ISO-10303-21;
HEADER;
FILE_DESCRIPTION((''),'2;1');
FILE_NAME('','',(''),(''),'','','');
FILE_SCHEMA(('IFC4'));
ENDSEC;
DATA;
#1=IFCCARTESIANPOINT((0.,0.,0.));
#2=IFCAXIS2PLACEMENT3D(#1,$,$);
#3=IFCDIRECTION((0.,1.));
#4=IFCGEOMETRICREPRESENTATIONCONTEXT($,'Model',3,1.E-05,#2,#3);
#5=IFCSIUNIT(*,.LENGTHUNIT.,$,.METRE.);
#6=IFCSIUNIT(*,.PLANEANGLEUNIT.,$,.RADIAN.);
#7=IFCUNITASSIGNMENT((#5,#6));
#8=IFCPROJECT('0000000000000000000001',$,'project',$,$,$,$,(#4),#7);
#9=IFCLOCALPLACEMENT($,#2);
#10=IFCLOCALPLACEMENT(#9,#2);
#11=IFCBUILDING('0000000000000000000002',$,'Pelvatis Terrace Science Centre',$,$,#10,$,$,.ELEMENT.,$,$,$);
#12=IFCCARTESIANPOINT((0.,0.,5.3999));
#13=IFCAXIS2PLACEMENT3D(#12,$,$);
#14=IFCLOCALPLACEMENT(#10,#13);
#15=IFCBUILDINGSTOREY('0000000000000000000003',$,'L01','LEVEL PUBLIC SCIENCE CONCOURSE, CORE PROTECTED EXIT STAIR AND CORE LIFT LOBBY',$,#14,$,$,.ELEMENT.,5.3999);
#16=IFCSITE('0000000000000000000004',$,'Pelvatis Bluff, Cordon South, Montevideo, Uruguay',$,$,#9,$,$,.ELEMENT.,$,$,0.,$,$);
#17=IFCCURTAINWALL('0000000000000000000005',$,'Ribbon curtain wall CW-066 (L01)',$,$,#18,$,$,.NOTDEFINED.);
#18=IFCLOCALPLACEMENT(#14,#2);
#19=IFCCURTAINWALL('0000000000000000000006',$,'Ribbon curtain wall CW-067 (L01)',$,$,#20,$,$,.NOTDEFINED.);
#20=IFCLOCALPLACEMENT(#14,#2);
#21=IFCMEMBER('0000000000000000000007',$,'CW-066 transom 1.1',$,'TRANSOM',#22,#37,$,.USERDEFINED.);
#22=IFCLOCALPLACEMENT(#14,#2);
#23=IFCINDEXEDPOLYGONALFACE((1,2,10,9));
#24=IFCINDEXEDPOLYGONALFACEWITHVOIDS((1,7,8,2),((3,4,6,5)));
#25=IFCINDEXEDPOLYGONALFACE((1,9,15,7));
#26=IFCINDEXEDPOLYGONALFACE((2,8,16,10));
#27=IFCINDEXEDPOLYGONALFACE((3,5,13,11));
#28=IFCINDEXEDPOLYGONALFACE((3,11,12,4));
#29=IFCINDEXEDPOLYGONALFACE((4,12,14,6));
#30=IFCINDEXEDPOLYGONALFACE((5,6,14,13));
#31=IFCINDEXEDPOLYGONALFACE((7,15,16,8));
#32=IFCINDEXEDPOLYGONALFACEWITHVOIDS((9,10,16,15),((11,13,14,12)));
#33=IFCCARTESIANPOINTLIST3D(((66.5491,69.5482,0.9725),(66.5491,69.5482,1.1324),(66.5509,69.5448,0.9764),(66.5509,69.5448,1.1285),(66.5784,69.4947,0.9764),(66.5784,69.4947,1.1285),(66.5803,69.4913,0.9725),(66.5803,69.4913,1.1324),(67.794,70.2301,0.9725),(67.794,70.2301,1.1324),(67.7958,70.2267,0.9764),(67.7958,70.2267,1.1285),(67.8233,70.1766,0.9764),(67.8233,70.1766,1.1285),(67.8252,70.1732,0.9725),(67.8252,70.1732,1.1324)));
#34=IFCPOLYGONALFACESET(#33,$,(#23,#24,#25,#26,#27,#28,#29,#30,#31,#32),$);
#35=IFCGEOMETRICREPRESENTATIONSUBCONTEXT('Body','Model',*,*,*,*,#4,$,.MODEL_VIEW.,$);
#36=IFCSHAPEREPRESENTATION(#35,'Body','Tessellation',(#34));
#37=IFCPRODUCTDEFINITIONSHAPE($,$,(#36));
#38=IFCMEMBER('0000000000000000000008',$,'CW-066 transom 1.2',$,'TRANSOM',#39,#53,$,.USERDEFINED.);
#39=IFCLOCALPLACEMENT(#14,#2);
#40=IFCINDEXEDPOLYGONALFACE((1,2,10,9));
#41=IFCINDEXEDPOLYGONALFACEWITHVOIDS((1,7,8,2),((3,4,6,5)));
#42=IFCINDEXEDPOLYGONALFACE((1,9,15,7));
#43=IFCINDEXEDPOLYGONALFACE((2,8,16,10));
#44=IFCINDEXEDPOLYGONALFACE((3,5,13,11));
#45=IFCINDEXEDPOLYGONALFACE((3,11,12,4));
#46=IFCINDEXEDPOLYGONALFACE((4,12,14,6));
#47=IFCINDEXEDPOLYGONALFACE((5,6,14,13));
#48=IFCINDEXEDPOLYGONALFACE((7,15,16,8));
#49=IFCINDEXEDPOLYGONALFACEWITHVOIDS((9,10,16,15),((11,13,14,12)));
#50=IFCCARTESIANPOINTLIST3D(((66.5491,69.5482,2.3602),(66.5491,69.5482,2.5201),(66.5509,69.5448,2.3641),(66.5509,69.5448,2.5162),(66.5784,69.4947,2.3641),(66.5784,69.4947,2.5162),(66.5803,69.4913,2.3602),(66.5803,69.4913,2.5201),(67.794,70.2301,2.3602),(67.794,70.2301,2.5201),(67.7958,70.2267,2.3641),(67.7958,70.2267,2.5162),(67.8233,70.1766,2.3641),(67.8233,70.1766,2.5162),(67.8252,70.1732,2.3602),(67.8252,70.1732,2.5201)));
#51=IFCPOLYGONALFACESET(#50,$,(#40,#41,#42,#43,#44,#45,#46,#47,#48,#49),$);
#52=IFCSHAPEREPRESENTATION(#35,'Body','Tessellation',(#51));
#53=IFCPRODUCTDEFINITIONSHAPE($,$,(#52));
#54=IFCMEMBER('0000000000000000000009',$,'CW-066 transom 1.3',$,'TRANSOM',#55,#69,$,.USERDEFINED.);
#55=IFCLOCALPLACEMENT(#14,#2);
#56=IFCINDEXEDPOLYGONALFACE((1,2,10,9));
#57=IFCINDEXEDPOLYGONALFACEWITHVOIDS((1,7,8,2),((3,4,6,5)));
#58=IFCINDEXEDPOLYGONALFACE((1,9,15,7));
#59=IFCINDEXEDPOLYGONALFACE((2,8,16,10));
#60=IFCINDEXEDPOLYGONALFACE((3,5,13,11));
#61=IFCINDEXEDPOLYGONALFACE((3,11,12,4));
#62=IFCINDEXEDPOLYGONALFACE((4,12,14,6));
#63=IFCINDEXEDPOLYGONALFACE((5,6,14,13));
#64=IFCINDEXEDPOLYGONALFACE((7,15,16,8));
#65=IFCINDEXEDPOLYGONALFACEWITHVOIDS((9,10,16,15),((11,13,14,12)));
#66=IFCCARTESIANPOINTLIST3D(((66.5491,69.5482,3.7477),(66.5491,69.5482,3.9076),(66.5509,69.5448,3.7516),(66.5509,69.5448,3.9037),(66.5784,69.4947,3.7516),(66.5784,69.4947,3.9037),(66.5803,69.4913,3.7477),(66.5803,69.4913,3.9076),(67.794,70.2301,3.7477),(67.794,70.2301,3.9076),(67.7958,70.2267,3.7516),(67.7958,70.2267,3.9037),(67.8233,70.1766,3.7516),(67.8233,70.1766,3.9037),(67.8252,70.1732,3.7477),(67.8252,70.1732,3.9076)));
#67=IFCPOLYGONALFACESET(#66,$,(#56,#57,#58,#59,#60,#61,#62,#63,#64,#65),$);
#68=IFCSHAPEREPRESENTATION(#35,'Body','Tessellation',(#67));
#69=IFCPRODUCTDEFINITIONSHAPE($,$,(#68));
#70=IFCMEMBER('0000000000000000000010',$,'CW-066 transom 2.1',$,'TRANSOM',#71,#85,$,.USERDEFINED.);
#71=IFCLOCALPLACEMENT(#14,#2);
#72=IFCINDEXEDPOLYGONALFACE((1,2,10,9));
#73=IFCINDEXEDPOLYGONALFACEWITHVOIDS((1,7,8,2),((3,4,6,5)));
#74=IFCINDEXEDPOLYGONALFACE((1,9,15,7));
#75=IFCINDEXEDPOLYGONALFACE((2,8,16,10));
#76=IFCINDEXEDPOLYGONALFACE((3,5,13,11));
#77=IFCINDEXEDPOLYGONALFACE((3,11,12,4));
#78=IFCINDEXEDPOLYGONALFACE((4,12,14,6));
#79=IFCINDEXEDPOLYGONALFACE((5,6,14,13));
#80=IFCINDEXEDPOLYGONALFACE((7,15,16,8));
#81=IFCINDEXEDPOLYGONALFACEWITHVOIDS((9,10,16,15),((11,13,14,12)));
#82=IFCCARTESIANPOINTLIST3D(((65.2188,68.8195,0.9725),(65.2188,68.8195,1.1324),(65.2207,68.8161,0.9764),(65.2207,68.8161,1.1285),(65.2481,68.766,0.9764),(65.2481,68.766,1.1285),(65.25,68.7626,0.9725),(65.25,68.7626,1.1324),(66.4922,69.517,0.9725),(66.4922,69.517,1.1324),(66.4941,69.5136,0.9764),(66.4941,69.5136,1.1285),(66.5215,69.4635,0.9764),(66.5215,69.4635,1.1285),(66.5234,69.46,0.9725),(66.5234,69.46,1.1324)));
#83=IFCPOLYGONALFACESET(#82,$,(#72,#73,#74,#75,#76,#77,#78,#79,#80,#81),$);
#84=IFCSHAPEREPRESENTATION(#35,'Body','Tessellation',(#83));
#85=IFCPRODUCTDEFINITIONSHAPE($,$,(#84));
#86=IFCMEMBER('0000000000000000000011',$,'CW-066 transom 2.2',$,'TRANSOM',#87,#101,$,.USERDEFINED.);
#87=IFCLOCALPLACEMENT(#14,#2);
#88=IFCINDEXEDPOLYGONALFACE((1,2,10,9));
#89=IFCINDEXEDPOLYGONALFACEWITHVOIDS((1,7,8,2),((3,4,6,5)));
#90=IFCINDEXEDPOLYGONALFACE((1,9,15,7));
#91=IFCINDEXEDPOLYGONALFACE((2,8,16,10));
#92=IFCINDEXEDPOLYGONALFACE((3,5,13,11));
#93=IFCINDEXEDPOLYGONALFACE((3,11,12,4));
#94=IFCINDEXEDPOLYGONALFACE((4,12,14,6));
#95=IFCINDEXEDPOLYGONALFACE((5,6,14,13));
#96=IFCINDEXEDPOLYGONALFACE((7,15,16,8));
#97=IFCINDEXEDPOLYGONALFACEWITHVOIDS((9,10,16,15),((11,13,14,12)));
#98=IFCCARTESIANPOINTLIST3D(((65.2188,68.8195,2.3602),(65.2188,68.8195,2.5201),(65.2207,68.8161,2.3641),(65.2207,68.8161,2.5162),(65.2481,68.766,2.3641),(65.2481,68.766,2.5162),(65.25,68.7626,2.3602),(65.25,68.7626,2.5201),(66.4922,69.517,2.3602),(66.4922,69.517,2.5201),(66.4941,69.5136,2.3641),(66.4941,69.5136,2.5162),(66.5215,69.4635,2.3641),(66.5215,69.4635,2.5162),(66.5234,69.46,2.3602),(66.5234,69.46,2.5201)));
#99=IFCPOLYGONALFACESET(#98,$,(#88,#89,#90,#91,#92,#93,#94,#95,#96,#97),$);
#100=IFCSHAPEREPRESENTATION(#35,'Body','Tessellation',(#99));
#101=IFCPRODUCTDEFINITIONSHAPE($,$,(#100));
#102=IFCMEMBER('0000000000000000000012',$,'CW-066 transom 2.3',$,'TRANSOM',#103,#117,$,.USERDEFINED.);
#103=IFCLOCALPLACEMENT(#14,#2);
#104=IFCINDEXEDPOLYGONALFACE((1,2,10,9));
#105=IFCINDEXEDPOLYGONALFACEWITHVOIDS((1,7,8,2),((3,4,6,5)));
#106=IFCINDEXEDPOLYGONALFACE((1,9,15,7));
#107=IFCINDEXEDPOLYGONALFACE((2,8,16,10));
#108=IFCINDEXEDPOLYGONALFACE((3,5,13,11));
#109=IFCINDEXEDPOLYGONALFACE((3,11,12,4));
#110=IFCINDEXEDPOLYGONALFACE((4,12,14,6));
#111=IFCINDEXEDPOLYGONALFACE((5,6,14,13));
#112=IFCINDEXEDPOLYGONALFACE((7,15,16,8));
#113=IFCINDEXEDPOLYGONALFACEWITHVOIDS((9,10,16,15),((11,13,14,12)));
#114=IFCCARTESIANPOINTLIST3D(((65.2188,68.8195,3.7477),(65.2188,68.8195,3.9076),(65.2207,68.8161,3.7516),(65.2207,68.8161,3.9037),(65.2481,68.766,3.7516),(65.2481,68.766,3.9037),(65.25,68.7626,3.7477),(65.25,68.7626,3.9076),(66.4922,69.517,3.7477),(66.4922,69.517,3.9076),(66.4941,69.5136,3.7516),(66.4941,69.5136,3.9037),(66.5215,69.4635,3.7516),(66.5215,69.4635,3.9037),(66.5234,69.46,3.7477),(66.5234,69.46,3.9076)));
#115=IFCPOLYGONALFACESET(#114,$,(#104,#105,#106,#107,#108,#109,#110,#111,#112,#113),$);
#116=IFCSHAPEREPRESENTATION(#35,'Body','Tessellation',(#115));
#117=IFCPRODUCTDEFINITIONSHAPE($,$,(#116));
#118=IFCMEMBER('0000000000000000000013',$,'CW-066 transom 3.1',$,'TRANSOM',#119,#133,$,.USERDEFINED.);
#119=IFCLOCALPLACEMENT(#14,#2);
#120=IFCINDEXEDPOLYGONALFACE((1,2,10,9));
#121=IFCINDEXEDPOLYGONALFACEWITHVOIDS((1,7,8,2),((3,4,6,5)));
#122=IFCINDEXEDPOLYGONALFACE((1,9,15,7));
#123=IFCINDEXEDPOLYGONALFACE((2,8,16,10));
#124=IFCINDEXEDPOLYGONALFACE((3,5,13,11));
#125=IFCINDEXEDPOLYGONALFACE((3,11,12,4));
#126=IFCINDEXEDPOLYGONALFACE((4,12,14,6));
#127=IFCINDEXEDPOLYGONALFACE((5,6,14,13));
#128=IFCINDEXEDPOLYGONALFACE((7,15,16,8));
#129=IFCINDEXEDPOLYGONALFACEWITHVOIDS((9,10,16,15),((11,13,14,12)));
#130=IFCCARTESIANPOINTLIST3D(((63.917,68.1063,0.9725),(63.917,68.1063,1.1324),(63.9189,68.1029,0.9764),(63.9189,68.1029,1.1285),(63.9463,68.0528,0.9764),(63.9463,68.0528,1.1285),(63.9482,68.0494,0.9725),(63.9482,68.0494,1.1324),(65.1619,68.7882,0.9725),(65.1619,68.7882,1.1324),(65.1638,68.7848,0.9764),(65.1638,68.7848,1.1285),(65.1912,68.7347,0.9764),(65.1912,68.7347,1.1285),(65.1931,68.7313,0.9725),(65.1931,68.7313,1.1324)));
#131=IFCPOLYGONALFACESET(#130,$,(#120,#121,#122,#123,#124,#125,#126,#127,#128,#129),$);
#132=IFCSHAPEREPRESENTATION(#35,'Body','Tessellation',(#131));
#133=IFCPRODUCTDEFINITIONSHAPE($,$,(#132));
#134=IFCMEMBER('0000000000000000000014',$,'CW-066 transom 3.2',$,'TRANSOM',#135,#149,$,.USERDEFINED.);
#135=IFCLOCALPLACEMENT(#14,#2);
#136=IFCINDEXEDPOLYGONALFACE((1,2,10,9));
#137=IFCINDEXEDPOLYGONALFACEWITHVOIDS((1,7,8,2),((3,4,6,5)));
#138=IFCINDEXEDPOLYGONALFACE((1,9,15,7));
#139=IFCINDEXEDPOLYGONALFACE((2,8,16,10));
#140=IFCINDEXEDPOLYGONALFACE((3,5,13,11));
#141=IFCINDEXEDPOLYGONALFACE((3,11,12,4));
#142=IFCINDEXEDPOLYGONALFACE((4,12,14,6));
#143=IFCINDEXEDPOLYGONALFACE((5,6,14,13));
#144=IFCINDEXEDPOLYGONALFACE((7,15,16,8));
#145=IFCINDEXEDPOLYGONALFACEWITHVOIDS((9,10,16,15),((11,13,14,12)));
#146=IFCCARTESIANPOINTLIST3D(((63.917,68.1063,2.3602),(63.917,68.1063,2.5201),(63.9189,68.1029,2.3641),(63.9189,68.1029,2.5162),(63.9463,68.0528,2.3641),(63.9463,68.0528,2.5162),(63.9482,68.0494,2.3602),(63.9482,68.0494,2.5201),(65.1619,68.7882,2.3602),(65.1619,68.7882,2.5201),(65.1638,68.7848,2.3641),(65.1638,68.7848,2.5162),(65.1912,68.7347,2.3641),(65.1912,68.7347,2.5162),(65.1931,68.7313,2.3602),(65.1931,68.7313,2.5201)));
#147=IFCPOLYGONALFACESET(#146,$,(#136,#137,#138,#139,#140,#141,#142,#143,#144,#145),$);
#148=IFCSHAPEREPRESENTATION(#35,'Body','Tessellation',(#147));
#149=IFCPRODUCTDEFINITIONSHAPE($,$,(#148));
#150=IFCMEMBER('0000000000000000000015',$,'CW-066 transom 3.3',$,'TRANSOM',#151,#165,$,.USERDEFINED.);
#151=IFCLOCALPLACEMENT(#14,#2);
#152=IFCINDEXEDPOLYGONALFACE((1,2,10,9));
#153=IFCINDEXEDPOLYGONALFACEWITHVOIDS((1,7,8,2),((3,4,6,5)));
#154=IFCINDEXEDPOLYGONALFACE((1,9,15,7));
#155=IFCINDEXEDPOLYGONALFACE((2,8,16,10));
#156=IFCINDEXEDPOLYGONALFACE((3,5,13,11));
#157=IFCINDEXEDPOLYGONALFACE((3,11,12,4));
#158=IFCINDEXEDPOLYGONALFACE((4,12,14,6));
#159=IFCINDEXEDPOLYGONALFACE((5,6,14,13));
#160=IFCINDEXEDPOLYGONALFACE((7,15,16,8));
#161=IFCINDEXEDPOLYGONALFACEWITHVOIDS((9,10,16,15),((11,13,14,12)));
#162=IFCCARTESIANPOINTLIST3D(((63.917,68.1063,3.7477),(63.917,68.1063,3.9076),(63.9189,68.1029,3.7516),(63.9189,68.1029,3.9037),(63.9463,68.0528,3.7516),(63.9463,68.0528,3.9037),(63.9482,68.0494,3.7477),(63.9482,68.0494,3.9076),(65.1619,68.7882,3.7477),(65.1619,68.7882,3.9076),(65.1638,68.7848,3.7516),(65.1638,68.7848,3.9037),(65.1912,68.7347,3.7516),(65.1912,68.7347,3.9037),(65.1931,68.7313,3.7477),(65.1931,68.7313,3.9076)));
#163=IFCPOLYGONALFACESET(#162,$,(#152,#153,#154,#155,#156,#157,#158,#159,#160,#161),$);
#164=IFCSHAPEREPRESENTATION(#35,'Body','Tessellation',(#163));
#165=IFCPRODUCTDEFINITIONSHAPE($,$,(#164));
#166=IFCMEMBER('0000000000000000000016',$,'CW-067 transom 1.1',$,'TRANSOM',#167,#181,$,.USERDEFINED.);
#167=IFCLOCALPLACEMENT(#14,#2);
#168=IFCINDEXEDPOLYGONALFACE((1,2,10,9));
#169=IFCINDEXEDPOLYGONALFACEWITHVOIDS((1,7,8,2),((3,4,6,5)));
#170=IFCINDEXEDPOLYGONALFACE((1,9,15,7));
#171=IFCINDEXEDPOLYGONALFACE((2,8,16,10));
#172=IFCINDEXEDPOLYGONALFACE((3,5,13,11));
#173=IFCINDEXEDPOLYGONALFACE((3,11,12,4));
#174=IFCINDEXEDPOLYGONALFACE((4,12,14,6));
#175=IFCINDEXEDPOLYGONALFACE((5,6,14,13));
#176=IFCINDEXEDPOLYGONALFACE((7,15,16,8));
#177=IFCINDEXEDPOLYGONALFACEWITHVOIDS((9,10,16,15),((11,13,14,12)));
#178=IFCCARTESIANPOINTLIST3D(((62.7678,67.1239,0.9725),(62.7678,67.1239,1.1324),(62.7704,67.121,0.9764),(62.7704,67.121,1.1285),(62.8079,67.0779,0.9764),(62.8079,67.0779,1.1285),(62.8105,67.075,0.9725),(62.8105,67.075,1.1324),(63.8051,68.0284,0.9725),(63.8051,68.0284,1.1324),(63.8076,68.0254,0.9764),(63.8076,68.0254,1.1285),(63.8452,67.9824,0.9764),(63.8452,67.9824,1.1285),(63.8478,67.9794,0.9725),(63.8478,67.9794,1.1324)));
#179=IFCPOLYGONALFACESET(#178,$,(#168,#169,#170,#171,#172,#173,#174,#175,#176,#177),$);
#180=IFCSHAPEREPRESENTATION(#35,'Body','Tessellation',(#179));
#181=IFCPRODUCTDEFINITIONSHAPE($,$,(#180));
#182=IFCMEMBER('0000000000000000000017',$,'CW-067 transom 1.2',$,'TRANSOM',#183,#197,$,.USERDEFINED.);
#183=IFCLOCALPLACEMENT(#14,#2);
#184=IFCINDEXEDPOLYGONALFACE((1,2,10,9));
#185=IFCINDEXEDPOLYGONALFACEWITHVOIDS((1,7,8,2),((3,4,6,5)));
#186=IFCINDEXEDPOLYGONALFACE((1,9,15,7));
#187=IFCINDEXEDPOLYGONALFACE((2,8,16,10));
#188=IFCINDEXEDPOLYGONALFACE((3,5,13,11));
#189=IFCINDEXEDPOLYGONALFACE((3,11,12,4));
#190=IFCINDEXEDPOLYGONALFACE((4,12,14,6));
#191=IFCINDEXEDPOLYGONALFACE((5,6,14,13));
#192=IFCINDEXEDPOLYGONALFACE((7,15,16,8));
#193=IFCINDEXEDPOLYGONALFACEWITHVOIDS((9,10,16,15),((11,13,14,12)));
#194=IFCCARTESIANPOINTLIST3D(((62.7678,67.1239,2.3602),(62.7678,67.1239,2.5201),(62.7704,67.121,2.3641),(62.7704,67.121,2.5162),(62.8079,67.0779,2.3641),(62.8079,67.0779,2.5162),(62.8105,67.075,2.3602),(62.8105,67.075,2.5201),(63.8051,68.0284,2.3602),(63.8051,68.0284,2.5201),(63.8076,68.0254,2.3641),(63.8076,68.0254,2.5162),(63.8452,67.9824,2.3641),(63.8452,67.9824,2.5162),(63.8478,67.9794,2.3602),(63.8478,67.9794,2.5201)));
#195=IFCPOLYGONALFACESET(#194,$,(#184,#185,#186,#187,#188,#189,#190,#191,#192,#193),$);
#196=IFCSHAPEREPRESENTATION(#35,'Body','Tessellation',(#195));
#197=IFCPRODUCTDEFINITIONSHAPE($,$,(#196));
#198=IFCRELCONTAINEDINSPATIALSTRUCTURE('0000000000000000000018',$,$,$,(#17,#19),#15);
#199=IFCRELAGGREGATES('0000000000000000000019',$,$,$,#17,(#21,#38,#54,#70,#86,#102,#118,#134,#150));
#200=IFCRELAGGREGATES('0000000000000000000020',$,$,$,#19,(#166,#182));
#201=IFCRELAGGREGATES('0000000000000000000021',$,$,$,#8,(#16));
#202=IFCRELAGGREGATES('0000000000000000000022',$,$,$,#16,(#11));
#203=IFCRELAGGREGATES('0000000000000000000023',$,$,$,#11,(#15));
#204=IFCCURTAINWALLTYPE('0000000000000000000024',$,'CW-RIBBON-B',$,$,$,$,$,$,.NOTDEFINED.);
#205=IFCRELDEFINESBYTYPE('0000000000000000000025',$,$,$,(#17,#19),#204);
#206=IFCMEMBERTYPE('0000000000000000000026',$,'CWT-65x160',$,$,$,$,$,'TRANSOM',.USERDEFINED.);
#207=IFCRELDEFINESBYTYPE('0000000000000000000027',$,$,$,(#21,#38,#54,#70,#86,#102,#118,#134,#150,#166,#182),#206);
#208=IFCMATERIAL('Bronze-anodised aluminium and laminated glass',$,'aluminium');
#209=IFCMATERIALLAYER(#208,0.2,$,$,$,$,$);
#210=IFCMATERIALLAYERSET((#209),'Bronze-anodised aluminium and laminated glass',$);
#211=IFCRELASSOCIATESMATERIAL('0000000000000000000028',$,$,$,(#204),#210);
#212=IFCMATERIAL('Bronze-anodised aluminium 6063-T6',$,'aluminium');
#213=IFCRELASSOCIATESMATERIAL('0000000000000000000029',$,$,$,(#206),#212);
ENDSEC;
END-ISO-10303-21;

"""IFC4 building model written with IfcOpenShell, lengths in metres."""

from ifc_helpers import new_model, si_unit, direction, frame, origin, origin_2d, place, context, subcontext, project, spatial, hollow_rectangle, extrude, material, layer, layer_set, material_profile, profile_set, type_object, element, aggregate, save


model = new_model("IFC4")

# Units and contexts
model_context = context("Model", 3, precision=1e-05, world=origin(), true_north=direction((0.0, 1.0)))
body_context = subcontext(model_context, "Body", "Model", "MODEL_VIEW")
ifc_project = project(units=[si_unit("LENGTHUNIT", "METRE"), si_unit("PLANEANGLEUNIT", "RADIAN")], contexts=[model_context])

# Site, building, storey
site_placement = place(None, origin())
site = spatial("IfcSite", under=ifc_project, at=site_placement, Name="Pelvatis Bluff, Cordon South, Montevideo, Uruguay", CompositionType="ELEMENT", RefElevation=0.0)
building_placement = place(site_placement, origin())
building = spatial("IfcBuilding", under=site, at=building_placement, Name="Pelvatis Terrace Science Centre", CompositionType="ELEMENT")
storey_placement = place(building_placement, frame((0.0, 0.0, 5.3999)))
storey = spatial("IfcBuildingStorey", under=building, at=storey_placement, Name="L01", Description="LEVEL PUBLIC SCIENCE CONCOURSE, CORE PROTECTED EXIT STAIR AND CORE LIFT LOBBY", CompositionType="ELEMENT", Elevation=5.3999)

# Shared definitions
ifc_material_1 = material(Name="Bronze-anodised aluminium and laminated glass", Category="aluminium")
ifc_layer_1 = layer(ifc_material_1, 0.2)
ifc_layer_set_1 = layer_set([ifc_layer_1], Name="Bronze-anodised aluminium and laminated glass")
curtain_wall_type = type_object("IfcCurtainWallType", Name="CW-RIBBON-B", PredefinedType="NOTDEFINED", material=ifc_layer_set_1)

# Curtain walls
curtain_wall_1_placement = place(storey_placement, origin())
curtain_wall_1 = element("IfcCurtainWall", 1, at=curtain_wall_1_placement, inside=storey, type_object=curtain_wall_type, Name="Ribbon curtain wall CW-066 (L01)", PredefinedType="NOTDEFINED")
curtain_wall_2_placement = place(storey_placement, origin())
curtain_wall_2 = element("IfcCurtainWall", 2, at=curtain_wall_2_placement, inside=storey, type_object=curtain_wall_type, Name="Ribbon curtain wall CW-067 (L01)", PredefinedType="NOTDEFINED")

# Members
ifc_material_2 = material(Name="Bronze-anodised aluminium 6063-T6", Category="aluminium")
ifc_material_profile_1 = material_profile(ifc_material_2, hollow_rectangle(XDim=0.0649, YDim=0.1599, WallThickness=0.0039, at=origin_2d()), Name="ALU-TRN 65x160")
ifc_profile_set_1 = profile_set([ifc_material_profile_1], Name="Bronze-anodised aluminium 6063-T6")
member_type_1 = type_object("IfcMemberType", Name="CWT-65x160", ElementType="TRANSOM", PredefinedType="USERDEFINED", material=ifc_profile_set_1)
member_1_placement = place(storey_placement, frame((67.8096, 70.2017, 1.0525), z_axis=(-0.877046, -0.480406, 0.0), x_axis=(0.480406, -0.877046, 0.0)))
member_1 = element("IfcMember", 3, at=member_1_placement, type_object=member_type_1, Name="CW-066 transom 1.1", ObjectType="TRANSOM", PredefinedType="USERDEFINED", context=body_context, shape_type="SweptSolid", body=[
    extrude(hollow_rectangle(XDim=0.0649, YDim=0.1599, WallThickness=0.0039, at=origin_2d()), origin(), (0.0, 0.0, 1.0), 1.4194),
])
member_2_placement = place(storey_placement, frame((67.8096, 70.2017, 2.4402), z_axis=(-0.877046, -0.480406, 0.0), x_axis=(0.480406, -0.877046, 0.0)))
member_2 = element("IfcMember", 4, at=member_2_placement, type_object=member_type_1, Name="CW-066 transom 1.2", ObjectType="TRANSOM", PredefinedType="USERDEFINED", context=body_context, shape_type="SweptSolid", body=[
    extrude(hollow_rectangle(XDim=0.0649, YDim=0.1599, WallThickness=0.0039, at=origin_2d()), origin(), (0.0, 0.0, 1.0), 1.4194),
])
member_3_placement = place(storey_placement, frame((67.8096, 70.2017, 3.8276), z_axis=(-0.877046, -0.480406, 0.0), x_axis=(0.480406, -0.877046, 0.0)))
member_3 = element("IfcMember", 5, at=member_3_placement, type_object=member_type_1, Name="CW-066 transom 1.3", ObjectType="TRANSOM", PredefinedType="USERDEFINED", context=body_context, shape_type="SweptSolid", body=[
    extrude(hollow_rectangle(XDim=0.0649, YDim=0.1599, WallThickness=0.0039, at=origin_2d()), origin(), (0.0, 0.0, 1.0), 1.4194),
])
member_4_placement = place(storey_placement, frame((66.5078, 69.4885, 1.0525), z_axis=(-0.877052, -0.480395, 0.0), x_axis=(0.480395, -0.877052, 0.0)))
member_4 = element("IfcMember", 6, at=member_4_placement, type_object=member_type_1, Name="CW-066 transom 2.1", ObjectType="TRANSOM", PredefinedType="USERDEFINED", context=body_context, shape_type="SweptSolid", body=[
    extrude(hollow_rectangle(XDim=0.0649, YDim=0.1599, WallThickness=0.0039, at=origin_2d()), origin(), (0.0, 0.0, 1.0), 1.4519),
])
member_5_placement = place(storey_placement, frame((66.5078, 69.4885, 2.4402), z_axis=(-0.877052, -0.480395, 0.0), x_axis=(0.480395, -0.877052, 0.0)))
member_5 = element("IfcMember", 7, at=member_5_placement, type_object=member_type_1, Name="CW-066 transom 2.2", ObjectType="TRANSOM", PredefinedType="USERDEFINED", context=body_context, shape_type="SweptSolid", body=[
    extrude(hollow_rectangle(XDim=0.0649, YDim=0.1599, WallThickness=0.0039, at=origin_2d()), origin(), (0.0, 0.0, 1.0), 1.4519),
])
member_6_placement = place(storey_placement, frame((66.5078, 69.4885, 3.8276), z_axis=(-0.877052, -0.480395, 0.0), x_axis=(0.480395, -0.877052, 0.0)))
member_6 = element("IfcMember", 8, at=member_6_placement, type_object=member_type_1, Name="CW-066 transom 2.3", ObjectType="TRANSOM", PredefinedType="USERDEFINED", context=body_context, shape_type="SweptSolid", body=[
    extrude(hollow_rectangle(XDim=0.0649, YDim=0.1599, WallThickness=0.0039, at=origin_2d()), origin(), (0.0, 0.0, 1.0), 1.4519),
])
member_7_placement = place(storey_placement, frame((65.1775, 68.7598, 1.0525), z_axis=(-0.877046, -0.480406, 0.0), x_axis=(0.480406, -0.877046, 0.0)))
member_7 = element("IfcMember", 9, at=member_7_placement, type_object=member_type_1, Name="CW-066 transom 3.1", ObjectType="TRANSOM", PredefinedType="USERDEFINED", context=body_context, shape_type="SweptSolid", body=[
    extrude(hollow_rectangle(XDim=0.0649, YDim=0.1599, WallThickness=0.0039, at=origin_2d()), origin(), (0.0, 0.0, 1.0), 1.4194),
])
member_8_placement = place(storey_placement, frame((65.1775, 68.7598, 2.4402), z_axis=(-0.877046, -0.480406, 0.0), x_axis=(0.480406, -0.877046, 0.0)))
member_8 = element("IfcMember", 10, at=member_8_placement, type_object=member_type_1, Name="CW-066 transom 3.2", ObjectType="TRANSOM", PredefinedType="USERDEFINED", context=body_context, shape_type="SweptSolid", body=[
    extrude(hollow_rectangle(XDim=0.0649, YDim=0.1599, WallThickness=0.0039, at=origin_2d()), origin(), (0.0, 0.0, 1.0), 1.4194),
])
member_9_placement = place(storey_placement, frame((65.1775, 68.7598, 3.8276), z_axis=(-0.877046, -0.480406, 0.0), x_axis=(0.480406, -0.877046, 0.0)))
member_9 = element("IfcMember", 11, at=member_9_placement, type_object=member_type_1, Name="CW-066 transom 3.3", ObjectType="TRANSOM", PredefinedType="USERDEFINED", context=body_context, shape_type="SweptSolid", body=[
    extrude(hollow_rectangle(XDim=0.0649, YDim=0.1599, WallThickness=0.0039, at=origin_2d()), origin(), (0.0, 0.0, 1.0), 1.4194),
])
member_10_placement = place(storey_placement, frame((63.8264, 68.0039, 1.0525), z_axis=(-0.753707, -0.65721, 0.0), x_axis=(0.65721, -0.753707, 0.0)))
member_10 = element("IfcMember", 12, at=member_10_placement, type_object=member_type_1, Name="CW-067 transom 1.1", ObjectType="TRANSOM", PredefinedType="USERDEFINED", context=body_context, shape_type="SweptSolid", body=[
    extrude(hollow_rectangle(XDim=0.0649, YDim=0.1599, WallThickness=0.0039, at=origin_2d()), origin(), (0.0, 0.0, 1.0), 1.3762),
])
member_11_placement = place(storey_placement, frame((63.8264, 68.0039, 2.4402), z_axis=(-0.753707, -0.65721, 0.0), x_axis=(0.65721, -0.753707, 0.0)))
member_11 = element("IfcMember", 13, at=member_11_placement, type_object=member_type_1, Name="CW-067 transom 1.2", ObjectType="TRANSOM", PredefinedType="USERDEFINED", context=body_context, shape_type="SweptSolid", body=[
    extrude(hollow_rectangle(XDim=0.0649, YDim=0.1599, WallThickness=0.0039, at=origin_2d()), origin(), (0.0, 0.0, 1.0), 1.3762),
])

aggregate(curtain_wall_1, [member_1, member_2, member_3, member_4, member_5, member_6, member_7, member_8, member_9])
aggregate(curtain_wall_2, [member_10, member_11])

save(model, "model.ifc")
